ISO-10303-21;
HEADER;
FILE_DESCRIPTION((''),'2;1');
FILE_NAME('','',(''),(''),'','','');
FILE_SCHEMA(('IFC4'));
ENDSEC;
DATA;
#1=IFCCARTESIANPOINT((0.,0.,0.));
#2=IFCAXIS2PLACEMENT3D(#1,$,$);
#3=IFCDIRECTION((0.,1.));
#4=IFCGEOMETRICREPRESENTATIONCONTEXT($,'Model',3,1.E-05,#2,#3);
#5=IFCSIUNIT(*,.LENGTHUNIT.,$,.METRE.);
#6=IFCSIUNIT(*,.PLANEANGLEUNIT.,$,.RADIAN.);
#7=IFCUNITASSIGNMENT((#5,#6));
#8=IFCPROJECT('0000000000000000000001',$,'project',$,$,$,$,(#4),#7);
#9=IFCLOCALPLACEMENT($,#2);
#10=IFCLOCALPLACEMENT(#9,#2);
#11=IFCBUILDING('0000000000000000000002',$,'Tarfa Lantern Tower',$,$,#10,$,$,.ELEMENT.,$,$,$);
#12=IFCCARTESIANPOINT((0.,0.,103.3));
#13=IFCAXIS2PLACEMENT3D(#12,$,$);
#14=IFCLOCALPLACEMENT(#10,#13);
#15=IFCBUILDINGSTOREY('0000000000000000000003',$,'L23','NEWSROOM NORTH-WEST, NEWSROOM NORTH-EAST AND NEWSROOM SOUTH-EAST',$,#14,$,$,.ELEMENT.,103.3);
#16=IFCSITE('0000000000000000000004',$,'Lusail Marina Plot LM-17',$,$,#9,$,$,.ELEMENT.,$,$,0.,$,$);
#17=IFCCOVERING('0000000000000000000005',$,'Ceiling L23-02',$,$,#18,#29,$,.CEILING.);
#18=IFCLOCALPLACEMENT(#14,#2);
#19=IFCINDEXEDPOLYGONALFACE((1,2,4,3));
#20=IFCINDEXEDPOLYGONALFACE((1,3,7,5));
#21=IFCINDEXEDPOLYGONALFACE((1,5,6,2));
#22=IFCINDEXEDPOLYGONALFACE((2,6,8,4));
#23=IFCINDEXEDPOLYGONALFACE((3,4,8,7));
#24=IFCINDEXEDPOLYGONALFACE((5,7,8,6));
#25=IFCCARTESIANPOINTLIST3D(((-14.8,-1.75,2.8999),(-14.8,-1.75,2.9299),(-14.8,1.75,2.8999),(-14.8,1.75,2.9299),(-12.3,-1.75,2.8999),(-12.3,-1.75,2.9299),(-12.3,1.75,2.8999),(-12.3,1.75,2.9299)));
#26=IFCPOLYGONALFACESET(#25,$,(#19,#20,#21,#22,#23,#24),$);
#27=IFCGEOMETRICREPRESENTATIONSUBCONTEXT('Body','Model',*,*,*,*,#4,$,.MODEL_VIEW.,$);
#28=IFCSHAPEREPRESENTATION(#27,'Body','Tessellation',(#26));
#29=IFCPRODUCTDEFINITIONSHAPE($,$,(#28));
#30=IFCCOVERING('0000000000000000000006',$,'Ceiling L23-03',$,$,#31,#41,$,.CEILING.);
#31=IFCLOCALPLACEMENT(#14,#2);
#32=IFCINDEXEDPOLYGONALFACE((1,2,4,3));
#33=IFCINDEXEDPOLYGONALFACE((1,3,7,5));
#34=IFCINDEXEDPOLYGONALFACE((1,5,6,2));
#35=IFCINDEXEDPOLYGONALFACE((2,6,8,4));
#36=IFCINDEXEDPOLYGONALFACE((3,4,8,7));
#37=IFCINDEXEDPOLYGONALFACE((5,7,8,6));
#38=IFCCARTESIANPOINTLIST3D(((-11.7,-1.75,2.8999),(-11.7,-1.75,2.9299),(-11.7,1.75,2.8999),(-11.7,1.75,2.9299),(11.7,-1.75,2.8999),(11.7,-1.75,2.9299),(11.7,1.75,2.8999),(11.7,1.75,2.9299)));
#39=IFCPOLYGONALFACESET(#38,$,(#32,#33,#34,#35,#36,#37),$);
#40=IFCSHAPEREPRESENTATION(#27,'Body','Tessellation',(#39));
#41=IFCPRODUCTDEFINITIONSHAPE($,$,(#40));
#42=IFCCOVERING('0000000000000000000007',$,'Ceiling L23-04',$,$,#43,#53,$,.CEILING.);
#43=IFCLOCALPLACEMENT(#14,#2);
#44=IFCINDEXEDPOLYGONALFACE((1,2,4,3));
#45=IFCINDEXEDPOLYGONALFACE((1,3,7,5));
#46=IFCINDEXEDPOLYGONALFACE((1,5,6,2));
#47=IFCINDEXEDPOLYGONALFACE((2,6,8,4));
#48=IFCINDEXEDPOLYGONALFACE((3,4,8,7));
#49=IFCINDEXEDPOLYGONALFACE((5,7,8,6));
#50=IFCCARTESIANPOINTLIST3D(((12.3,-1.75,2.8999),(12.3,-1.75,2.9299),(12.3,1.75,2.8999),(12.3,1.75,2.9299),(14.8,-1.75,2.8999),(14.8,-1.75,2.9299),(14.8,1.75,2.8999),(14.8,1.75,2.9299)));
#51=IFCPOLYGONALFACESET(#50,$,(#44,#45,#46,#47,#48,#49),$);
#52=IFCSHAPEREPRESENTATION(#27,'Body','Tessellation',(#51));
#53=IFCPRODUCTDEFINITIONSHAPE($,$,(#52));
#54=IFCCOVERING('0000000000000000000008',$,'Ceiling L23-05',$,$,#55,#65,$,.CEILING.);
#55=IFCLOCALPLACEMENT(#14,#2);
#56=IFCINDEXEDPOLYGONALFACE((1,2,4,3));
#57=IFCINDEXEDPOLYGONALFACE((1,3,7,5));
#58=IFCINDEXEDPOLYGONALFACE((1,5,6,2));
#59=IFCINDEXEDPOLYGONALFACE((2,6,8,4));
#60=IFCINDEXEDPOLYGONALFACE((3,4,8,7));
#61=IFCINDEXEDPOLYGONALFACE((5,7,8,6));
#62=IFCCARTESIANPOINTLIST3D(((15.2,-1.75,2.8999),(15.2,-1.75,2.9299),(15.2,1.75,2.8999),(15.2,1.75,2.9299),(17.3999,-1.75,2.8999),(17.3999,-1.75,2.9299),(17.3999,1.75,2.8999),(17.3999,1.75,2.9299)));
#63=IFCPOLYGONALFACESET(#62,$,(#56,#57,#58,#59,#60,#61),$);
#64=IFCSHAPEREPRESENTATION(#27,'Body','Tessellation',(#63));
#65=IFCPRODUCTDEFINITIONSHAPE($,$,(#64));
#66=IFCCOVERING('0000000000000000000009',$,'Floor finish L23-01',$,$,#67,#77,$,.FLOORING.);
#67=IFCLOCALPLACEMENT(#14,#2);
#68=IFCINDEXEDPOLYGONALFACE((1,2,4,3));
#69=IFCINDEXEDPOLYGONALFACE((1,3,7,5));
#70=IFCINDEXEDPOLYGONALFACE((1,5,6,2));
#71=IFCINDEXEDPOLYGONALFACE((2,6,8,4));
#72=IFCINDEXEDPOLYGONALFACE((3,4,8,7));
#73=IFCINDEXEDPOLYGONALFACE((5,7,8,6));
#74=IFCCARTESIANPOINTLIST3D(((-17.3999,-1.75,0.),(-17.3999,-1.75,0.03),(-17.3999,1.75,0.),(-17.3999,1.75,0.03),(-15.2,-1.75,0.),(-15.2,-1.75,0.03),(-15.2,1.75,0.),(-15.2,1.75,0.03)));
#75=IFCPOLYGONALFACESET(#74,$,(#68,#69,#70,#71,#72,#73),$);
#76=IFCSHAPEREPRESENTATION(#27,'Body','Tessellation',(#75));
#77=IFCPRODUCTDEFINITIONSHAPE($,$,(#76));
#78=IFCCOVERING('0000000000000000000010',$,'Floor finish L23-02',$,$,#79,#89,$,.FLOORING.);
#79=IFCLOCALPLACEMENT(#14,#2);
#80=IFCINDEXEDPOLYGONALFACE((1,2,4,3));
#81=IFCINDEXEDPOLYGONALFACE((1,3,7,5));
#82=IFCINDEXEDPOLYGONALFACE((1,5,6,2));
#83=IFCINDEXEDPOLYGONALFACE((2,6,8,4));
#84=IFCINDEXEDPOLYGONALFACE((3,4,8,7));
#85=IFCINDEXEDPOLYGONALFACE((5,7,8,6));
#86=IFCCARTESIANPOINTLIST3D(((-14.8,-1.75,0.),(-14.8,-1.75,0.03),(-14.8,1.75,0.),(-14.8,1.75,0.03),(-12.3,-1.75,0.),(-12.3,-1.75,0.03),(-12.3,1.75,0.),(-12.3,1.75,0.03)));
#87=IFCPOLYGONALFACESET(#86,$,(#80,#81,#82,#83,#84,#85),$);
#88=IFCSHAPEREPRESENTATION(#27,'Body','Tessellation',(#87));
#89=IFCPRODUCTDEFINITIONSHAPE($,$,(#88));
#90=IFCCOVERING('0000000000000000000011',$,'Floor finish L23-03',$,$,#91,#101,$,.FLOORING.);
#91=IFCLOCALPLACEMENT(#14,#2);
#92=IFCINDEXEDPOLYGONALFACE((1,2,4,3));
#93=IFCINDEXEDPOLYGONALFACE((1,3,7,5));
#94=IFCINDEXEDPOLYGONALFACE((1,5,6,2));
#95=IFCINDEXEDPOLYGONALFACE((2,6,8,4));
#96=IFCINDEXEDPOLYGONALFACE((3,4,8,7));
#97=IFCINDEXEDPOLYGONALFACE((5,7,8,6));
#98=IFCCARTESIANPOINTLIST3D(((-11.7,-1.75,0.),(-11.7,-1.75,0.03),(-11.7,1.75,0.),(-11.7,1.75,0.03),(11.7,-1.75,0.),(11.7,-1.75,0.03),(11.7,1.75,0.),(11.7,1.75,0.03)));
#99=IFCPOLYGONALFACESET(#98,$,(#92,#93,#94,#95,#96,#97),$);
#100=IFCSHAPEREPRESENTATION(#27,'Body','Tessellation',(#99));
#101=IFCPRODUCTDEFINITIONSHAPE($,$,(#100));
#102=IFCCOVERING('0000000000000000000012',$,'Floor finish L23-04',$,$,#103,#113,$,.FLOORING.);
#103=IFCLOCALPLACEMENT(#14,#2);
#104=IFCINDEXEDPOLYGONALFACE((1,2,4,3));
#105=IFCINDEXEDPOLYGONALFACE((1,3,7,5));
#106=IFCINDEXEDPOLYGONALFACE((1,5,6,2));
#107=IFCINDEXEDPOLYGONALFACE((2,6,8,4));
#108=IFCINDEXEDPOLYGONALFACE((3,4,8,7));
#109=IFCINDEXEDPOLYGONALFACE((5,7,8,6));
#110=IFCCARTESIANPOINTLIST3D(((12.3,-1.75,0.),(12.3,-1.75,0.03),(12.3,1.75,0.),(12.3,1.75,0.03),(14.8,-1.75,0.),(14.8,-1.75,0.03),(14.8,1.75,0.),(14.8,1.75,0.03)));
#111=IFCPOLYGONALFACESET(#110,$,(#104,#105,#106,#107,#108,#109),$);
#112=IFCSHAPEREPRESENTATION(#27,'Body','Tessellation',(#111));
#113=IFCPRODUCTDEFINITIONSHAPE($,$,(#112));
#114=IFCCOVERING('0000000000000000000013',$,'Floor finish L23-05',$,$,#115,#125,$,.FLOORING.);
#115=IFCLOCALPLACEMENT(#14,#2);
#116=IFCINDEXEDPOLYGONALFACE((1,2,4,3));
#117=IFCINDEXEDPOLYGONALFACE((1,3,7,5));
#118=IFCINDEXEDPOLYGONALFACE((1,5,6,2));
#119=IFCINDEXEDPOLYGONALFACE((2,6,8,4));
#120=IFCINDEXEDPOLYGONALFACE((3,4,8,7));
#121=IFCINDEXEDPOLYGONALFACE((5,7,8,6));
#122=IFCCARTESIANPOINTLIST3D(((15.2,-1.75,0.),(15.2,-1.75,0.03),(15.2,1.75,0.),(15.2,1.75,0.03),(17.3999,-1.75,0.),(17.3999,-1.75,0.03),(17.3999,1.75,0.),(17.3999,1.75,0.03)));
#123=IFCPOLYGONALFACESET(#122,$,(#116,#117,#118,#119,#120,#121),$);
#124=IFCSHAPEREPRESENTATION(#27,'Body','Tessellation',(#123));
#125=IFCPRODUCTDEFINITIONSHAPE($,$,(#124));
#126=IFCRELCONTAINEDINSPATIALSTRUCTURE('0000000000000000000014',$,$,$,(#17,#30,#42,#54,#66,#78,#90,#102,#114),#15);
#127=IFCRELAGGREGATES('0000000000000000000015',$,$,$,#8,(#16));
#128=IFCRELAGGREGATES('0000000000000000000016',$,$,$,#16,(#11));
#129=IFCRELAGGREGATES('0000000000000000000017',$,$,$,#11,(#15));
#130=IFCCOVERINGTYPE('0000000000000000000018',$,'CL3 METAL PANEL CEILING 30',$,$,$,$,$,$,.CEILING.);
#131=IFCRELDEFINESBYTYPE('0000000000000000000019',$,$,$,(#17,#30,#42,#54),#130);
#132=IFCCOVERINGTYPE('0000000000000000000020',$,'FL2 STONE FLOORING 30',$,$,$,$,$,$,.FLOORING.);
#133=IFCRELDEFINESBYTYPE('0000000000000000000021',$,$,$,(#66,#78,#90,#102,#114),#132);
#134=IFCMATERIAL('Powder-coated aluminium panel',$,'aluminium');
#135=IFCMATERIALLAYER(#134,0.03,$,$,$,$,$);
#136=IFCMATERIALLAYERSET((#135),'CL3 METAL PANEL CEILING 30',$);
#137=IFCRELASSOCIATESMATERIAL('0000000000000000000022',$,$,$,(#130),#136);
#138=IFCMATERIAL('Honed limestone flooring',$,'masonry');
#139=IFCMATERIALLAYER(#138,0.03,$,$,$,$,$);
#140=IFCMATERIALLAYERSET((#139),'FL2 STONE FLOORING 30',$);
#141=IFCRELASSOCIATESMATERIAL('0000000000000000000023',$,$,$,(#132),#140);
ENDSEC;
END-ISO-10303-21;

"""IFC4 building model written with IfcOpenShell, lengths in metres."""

from ifc_helpers import new_model, si_unit, direction, frame, origin, place, context, subcontext, project, spatial, polyline, outline, extrude, material, layer, layer_set, type_object, element, save


model = new_model("IFC4")

# Units and contexts
model_context = context("Model", 3, precision=1e-05, world=origin(), true_north=direction((0.0, 1.0)))
body_context = subcontext(model_context, "Body", "Model", "MODEL_VIEW")
ifc_project = project(units=[si_unit("LENGTHUNIT", "METRE"), si_unit("PLANEANGLEUNIT", "RADIAN")], contexts=[model_context])

# Site, building, storey
site_placement = place(None, origin())
site = spatial("IfcSite", under=ifc_project, at=site_placement, Name="Lusail Marina Plot LM-17", CompositionType="ELEMENT", RefElevation=0.0)
building_placement = place(site_placement, origin())
building = spatial("IfcBuilding", under=site, at=building_placement, Name="Tarfa Lantern Tower", CompositionType="ELEMENT")
storey_placement = place(building_placement, frame((0.0, 0.0, 103.3)))
storey = spatial("IfcBuildingStorey", under=building, at=storey_placement, Name="L23", Description="NEWSROOM NORTH-WEST, NEWSROOM NORTH-EAST AND NEWSROOM SOUTH-EAST", CompositionType="ELEMENT", Elevation=103.3)

# Coverings
ifc_material_1 = material(Name="Powder-coated aluminium panel", Category="aluminium")
ifc_layer_1 = layer(ifc_material_1, 0.03)
ifc_layer_set_1 = layer_set([ifc_layer_1], Name="CL3 METAL PANEL CEILING 30")
covering_type_1 = type_object("IfcCoveringType", Name="CL3 METAL PANEL CEILING 30", PredefinedType="CEILING", material=ifc_layer_set_1)
covering_1_placement = place(storey_placement, frame((0.0, 0.0, 2.8999)))
element("IfcCovering", 1, at=covering_1_placement, inside=storey, type_object=covering_type_1, Name="Ceiling L23-02", PredefinedType="CEILING", context=body_context, shape_type="SweptSolid", body=[
    extrude(outline(polyline([(-14.8, -1.75), (-12.3, -1.75), (-12.3, 1.75), (-14.8, 1.75), (-14.8, -1.75)])), origin(), (0.0, 0.0, 1.0), 0.03),
])
covering_2_placement = place(storey_placement, frame((0.0, 0.0, 2.8999)))
element("IfcCovering", 2, at=covering_2_placement, inside=storey, type_object=covering_type_1, Name="Ceiling L23-03", PredefinedType="CEILING", context=body_context, shape_type="SweptSolid", body=[
    extrude(outline(polyline([(-11.7, -1.75), (11.7, -1.75), (11.7, 1.75), (-11.7, 1.75), (-11.7, -1.75)])), origin(), (0.0, 0.0, 1.0), 0.03),
])
covering_3_placement = place(storey_placement, frame((0.0, 0.0, 2.8999)))
element("IfcCovering", 3, at=covering_3_placement, inside=storey, type_object=covering_type_1, Name="Ceiling L23-04", PredefinedType="CEILING", context=body_context, shape_type="SweptSolid", body=[
    extrude(outline(polyline([(12.3, -1.75), (14.8, -1.75), (14.8, 1.75), (12.3, 1.75), (12.3, -1.75)])), origin(), (0.0, 0.0, 1.0), 0.03),
])
covering_4_placement = place(storey_placement, frame((0.0, 0.0, 2.8999)))
element("IfcCovering", 4, at=covering_4_placement, inside=storey, type_object=covering_type_1, Name="Ceiling L23-05", PredefinedType="CEILING", context=body_context, shape_type="SweptSolid", body=[
    extrude(outline(polyline([(15.2, -1.75), (17.3999, -1.75), (17.3999, 1.75), (15.2, 1.75), (15.2, -1.75)])), origin(), (0.0, 0.0, 1.0), 0.03),
])
ifc_material_2 = material(Name="Honed limestone flooring", Category="masonry")
ifc_layer_2 = layer(ifc_material_2, 0.03)
ifc_layer_set_2 = layer_set([ifc_layer_2], Name="FL2 STONE FLOORING 30")
covering_type_2 = type_object("IfcCoveringType", Name="FL2 STONE FLOORING 30", PredefinedType="FLOORING", material=ifc_layer_set_2)
covering_5_placement = place(storey_placement, origin())
element("IfcCovering", 5, at=covering_5_placement, inside=storey, type_object=covering_type_2, Name="Floor finish L23-01", PredefinedType="FLOORING", context=body_context, shape_type="SweptSolid", body=[
    extrude(outline(polyline([(-17.3999, -1.75), (-15.2, -1.75), (-15.2, 1.75), (-17.3999, 1.75), (-17.3999, -1.75)])), origin(), (0.0, 0.0, 1.0), 0.03),
])
covering_6_placement = place(storey_placement, origin())
element("IfcCovering", 6, at=covering_6_placement, inside=storey, type_object=covering_type_2, Name="Floor finish L23-02", PredefinedType="FLOORING", context=body_context, shape_type="SweptSolid", body=[
    extrude(outline(polyline([(-14.8, -1.75), (-12.3, -1.75), (-12.3, 1.75), (-14.8, 1.75), (-14.8, -1.75)])), origin(), (0.0, 0.0, 1.0), 0.03),
])
covering_7_placement = place(storey_placement, origin())
element("IfcCovering", 7, at=covering_7_placement, inside=storey, type_object=covering_type_2, Name="Floor finish L23-03", PredefinedType="FLOORING", context=body_context, shape_type="SweptSolid", body=[
    extrude(outline(polyline([(-11.7, -1.75), (11.7, -1.75), (11.7, 1.75), (-11.7, 1.75), (-11.7, -1.75)])), origin(), (0.0, 0.0, 1.0), 0.03),
])
covering_8_placement = place(storey_placement, origin())
element("IfcCovering", 8, at=covering_8_placement, inside=storey, type_object=covering_type_2, Name="Floor finish L23-04", PredefinedType="FLOORING", context=body_context, shape_type="SweptSolid", body=[
    extrude(outline(polyline([(12.3, -1.75), (14.8, -1.75), (14.8, 1.75), (12.3, 1.75), (12.3, -1.75)])), origin(), (0.0, 0.0, 1.0), 0.03),
])
covering_9_placement = place(storey_placement, origin())
element("IfcCovering", 9, at=covering_9_placement, inside=storey, type_object=covering_type_2, Name="Floor finish L23-05", PredefinedType="FLOORING", context=body_context, shape_type="SweptSolid", body=[
    extrude(outline(polyline([(15.2, -1.75), (17.3999, -1.75), (17.3999, 1.75), (15.2, 1.75), (15.2, -1.75)])), origin(), (0.0, 0.0, 1.0), 0.03),
])

save(model, "model.ifc")
